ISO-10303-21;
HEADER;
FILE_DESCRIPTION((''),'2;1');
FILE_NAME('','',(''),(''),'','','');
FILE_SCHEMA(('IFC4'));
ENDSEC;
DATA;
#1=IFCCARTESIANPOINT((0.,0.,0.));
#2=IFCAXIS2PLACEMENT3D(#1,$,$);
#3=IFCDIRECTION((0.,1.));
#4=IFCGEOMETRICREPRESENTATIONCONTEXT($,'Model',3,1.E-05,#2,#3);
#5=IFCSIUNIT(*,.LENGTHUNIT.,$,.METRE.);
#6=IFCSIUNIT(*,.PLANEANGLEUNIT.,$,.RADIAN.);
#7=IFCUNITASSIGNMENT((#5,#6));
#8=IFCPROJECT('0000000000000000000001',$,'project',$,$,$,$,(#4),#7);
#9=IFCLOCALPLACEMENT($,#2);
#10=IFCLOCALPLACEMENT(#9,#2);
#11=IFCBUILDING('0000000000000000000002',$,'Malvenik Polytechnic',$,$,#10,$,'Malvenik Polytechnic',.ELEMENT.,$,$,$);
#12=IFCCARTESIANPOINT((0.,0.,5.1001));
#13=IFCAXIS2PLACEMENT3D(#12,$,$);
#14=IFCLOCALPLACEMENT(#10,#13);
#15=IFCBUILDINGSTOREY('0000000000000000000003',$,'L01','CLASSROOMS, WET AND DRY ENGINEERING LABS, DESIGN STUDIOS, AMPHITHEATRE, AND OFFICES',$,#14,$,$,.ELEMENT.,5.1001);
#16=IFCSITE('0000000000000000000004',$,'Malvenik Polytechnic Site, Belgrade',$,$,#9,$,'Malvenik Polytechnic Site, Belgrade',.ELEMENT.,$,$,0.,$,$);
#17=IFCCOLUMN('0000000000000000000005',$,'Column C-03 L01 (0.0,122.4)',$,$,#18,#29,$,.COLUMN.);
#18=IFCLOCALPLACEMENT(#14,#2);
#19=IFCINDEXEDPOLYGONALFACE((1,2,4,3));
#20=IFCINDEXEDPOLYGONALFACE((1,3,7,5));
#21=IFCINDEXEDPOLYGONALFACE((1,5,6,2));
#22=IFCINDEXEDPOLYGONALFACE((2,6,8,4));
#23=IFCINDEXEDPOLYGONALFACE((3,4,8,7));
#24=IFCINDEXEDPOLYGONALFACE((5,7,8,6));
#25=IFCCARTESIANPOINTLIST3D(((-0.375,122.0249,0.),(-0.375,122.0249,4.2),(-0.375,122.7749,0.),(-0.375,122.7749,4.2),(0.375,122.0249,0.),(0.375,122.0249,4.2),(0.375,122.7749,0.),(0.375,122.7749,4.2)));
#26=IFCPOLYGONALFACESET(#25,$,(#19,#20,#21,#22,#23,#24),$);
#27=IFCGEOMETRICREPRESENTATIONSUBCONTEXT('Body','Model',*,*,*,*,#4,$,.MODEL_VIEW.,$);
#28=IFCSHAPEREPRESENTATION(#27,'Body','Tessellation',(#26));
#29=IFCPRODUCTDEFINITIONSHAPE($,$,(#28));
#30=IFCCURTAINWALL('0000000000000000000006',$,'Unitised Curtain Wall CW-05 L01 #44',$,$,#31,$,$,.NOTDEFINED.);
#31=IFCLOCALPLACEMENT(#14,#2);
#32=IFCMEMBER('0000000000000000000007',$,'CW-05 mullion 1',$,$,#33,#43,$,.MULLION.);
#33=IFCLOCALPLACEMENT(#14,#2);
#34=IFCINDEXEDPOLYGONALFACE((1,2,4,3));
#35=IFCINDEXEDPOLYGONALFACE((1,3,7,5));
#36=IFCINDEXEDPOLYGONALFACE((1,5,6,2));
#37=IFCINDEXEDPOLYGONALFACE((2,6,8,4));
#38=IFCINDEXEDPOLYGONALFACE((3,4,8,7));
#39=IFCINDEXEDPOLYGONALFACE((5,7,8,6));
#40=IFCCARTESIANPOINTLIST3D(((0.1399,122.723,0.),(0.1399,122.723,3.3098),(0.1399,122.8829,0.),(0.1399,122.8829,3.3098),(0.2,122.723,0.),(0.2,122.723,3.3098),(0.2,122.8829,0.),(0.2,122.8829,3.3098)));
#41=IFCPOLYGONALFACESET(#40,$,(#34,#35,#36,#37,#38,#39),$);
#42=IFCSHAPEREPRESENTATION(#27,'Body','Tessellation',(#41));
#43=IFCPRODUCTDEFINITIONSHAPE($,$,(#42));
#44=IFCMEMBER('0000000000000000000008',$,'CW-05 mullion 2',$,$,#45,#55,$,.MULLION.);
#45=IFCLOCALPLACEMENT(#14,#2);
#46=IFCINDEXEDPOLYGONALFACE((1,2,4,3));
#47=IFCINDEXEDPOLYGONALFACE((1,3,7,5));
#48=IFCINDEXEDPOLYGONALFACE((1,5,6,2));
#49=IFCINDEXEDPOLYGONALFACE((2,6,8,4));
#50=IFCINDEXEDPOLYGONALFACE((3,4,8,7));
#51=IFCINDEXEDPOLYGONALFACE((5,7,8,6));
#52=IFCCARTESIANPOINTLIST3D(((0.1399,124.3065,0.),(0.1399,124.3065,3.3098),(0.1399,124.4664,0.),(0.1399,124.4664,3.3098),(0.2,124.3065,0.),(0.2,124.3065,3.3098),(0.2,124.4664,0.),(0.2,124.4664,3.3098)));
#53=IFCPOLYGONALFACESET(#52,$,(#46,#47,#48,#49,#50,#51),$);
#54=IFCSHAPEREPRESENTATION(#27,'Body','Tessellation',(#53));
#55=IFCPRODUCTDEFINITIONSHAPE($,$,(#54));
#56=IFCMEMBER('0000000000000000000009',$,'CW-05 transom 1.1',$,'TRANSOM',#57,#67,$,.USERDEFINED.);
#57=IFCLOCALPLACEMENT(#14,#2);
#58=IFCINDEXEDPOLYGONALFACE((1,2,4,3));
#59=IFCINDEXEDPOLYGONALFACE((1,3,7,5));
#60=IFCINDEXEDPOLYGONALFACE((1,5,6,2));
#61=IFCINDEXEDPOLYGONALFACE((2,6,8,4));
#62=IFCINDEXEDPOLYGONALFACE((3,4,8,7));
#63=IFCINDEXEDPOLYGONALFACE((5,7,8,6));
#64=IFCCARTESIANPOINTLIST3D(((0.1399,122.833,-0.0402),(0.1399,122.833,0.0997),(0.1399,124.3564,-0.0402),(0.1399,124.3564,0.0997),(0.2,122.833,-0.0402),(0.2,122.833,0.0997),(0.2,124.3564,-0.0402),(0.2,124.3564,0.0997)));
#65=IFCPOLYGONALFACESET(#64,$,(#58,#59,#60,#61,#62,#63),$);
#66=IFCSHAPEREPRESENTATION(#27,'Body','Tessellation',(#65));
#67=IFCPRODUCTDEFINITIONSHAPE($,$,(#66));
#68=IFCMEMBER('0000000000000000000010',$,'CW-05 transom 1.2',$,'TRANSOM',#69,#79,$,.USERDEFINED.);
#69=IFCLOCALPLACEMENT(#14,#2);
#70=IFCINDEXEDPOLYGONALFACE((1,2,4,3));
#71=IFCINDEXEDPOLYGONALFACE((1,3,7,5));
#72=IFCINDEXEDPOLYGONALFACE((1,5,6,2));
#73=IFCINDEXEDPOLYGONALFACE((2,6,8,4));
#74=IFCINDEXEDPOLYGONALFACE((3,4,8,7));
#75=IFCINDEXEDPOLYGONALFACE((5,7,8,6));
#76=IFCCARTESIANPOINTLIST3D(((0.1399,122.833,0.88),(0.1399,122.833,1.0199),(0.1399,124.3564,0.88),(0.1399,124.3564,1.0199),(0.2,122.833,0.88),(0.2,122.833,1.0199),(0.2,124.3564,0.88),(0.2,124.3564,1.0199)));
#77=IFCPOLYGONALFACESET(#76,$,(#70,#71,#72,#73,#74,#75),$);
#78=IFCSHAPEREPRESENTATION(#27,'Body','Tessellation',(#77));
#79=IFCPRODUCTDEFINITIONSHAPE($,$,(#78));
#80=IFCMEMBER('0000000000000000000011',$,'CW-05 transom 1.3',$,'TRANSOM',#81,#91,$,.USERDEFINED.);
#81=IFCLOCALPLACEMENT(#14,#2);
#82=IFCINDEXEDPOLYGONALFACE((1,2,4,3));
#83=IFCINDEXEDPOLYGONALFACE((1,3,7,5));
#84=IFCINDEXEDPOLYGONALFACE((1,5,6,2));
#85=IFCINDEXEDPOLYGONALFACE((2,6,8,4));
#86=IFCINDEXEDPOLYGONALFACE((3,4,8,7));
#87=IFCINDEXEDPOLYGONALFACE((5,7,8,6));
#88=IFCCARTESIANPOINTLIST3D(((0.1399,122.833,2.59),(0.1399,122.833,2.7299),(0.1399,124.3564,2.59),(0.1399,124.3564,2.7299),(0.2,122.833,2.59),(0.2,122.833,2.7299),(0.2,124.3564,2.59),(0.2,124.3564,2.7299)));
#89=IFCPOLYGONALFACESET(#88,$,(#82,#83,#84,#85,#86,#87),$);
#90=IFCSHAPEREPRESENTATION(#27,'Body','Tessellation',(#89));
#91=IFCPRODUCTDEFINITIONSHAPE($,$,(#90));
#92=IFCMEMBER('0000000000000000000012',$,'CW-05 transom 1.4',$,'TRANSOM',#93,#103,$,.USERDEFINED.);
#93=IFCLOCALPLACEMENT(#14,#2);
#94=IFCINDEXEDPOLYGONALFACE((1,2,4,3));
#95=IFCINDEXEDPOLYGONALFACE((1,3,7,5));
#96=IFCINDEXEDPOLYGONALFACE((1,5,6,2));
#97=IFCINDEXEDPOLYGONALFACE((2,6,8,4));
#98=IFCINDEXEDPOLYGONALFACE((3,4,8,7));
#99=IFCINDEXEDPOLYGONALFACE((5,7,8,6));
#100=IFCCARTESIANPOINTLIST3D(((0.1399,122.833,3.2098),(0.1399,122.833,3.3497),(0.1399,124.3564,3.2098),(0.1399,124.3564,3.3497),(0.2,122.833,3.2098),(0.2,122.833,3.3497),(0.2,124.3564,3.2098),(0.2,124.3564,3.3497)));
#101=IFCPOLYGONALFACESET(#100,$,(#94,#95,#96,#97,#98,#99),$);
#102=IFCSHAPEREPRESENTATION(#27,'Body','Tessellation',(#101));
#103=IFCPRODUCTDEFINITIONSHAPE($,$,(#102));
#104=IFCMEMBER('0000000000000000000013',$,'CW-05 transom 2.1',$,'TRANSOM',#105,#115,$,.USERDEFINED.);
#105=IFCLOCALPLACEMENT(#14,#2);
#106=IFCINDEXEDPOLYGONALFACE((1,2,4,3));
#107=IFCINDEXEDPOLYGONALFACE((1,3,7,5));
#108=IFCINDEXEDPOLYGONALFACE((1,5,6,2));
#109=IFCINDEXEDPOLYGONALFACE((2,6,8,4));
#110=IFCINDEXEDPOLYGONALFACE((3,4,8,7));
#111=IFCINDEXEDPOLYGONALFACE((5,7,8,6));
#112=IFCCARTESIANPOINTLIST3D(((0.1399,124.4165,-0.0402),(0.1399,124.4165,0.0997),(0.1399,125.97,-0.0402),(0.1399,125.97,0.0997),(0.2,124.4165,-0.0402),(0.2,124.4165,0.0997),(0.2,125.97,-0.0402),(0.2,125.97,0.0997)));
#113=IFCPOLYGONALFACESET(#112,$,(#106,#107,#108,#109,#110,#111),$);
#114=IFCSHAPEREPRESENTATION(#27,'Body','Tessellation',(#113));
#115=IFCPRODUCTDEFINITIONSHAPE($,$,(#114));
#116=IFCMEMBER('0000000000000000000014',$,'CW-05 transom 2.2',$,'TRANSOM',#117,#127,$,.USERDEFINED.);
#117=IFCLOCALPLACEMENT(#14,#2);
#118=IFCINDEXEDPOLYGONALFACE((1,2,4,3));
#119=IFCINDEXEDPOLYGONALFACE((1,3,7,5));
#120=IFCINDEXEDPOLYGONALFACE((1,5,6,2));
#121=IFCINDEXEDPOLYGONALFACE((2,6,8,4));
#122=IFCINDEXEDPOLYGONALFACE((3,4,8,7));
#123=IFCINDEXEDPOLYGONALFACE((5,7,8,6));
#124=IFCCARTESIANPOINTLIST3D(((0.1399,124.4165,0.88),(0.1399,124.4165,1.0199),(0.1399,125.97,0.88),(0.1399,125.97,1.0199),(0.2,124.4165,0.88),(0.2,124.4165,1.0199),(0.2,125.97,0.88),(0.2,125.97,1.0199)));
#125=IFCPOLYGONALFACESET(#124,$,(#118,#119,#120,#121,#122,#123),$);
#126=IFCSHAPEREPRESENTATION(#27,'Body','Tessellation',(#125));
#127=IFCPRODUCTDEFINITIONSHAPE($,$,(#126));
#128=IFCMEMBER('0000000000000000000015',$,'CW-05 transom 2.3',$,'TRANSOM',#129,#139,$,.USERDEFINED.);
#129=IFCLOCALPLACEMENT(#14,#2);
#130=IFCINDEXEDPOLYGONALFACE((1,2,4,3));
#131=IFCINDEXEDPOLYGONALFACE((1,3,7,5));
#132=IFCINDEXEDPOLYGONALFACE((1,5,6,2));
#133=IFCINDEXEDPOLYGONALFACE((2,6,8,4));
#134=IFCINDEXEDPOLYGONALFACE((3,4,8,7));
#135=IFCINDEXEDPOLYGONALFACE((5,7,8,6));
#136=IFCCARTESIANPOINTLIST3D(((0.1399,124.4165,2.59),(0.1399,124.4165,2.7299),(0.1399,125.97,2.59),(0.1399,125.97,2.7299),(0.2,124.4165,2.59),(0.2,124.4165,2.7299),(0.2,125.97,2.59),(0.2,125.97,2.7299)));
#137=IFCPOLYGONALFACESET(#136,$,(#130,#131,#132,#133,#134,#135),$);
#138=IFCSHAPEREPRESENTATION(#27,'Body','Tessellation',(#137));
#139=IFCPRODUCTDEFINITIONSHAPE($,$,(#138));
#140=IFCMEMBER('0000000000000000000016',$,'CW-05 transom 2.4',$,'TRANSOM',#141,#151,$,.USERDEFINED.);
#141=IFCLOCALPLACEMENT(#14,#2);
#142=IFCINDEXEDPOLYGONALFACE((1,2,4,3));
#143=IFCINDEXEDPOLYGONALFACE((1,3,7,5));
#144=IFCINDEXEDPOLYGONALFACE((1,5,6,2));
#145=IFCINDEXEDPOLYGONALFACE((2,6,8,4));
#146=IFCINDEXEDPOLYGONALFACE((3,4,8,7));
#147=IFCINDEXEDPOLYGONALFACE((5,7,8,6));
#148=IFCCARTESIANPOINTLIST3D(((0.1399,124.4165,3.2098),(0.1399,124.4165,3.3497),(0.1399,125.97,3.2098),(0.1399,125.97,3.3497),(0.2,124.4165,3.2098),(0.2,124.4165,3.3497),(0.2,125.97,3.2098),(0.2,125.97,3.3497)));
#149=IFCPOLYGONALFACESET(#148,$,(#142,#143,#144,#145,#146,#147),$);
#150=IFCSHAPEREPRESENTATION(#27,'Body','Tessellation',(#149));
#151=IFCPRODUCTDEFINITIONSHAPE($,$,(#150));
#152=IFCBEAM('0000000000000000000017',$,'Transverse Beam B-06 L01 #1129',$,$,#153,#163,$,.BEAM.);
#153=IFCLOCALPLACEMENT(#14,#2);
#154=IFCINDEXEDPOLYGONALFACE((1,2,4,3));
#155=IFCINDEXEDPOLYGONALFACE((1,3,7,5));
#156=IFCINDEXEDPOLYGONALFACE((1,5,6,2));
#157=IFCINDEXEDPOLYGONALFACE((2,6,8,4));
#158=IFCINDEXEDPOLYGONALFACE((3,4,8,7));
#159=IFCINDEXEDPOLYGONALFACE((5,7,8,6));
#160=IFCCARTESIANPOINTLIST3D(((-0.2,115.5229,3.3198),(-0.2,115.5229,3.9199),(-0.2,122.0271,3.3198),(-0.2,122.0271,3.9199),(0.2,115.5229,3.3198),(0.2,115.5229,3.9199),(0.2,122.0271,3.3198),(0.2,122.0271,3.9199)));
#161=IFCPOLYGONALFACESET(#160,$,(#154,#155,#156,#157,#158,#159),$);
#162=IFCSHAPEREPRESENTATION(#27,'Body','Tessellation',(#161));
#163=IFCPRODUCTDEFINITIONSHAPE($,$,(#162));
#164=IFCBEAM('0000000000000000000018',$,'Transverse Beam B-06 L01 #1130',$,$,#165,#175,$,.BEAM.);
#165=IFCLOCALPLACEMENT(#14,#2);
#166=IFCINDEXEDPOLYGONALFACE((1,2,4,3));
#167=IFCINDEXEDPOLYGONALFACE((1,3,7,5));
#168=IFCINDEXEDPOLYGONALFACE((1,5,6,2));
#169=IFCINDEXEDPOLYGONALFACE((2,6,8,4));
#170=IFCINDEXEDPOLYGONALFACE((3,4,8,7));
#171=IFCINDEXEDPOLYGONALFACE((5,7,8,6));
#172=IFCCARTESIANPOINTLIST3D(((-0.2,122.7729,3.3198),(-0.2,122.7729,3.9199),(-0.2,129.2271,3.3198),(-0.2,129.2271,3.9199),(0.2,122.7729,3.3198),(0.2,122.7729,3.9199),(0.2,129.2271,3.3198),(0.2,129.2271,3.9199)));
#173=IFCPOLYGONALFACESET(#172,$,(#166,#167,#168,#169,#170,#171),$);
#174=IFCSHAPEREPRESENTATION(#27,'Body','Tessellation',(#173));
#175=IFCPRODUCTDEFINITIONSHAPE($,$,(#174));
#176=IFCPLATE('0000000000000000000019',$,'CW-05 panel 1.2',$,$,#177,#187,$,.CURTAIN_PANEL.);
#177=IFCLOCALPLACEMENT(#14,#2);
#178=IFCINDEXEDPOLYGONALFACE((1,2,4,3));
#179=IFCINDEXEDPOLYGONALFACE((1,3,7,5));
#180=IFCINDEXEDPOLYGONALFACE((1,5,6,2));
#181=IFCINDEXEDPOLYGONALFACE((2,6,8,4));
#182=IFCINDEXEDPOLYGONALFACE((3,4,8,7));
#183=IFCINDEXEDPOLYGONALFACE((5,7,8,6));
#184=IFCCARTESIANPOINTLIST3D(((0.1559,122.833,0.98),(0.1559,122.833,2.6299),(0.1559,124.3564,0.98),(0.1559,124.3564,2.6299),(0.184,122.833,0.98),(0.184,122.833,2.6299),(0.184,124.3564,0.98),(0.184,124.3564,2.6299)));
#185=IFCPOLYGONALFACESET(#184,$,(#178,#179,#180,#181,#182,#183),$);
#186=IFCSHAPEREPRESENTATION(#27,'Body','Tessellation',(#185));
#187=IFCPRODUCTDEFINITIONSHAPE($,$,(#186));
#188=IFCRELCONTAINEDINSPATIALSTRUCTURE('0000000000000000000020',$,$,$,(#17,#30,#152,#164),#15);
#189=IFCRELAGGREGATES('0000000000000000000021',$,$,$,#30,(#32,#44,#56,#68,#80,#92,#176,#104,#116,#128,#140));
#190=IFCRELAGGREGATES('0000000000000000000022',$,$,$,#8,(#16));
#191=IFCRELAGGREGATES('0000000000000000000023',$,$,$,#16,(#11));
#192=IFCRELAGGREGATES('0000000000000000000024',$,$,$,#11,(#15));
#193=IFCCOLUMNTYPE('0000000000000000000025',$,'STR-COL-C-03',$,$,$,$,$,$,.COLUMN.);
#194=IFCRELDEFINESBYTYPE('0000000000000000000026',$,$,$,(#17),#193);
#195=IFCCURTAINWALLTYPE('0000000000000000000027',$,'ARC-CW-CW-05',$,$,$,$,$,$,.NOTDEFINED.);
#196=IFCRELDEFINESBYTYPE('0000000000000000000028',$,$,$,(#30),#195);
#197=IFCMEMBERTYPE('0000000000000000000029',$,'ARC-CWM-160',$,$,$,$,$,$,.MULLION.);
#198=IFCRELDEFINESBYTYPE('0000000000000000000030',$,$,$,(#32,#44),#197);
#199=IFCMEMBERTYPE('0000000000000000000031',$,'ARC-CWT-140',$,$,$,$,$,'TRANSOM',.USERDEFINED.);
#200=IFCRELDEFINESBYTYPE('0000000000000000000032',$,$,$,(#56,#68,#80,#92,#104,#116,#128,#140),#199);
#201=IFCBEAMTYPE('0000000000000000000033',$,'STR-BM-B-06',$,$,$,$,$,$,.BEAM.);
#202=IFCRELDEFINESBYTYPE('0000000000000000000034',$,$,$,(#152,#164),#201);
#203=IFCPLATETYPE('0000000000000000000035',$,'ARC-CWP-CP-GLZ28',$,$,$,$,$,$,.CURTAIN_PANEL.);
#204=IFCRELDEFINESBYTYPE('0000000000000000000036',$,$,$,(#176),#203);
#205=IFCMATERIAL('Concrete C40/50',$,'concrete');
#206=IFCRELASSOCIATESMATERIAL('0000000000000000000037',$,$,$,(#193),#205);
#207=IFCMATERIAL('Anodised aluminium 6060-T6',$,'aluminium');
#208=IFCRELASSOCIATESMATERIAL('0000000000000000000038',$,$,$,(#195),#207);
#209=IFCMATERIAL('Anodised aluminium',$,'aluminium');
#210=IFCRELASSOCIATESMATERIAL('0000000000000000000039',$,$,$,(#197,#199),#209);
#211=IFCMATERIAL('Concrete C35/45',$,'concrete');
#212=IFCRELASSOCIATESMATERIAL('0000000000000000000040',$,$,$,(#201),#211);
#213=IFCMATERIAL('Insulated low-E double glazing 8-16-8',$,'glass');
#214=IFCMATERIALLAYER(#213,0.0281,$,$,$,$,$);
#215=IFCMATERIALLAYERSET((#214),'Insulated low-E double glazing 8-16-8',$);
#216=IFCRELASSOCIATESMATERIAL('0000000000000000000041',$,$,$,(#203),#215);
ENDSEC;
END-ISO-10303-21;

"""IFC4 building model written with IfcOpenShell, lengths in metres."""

from ifc_helpers import new_model, si_unit, direction, frame, origin, origin_2d, place, context, subcontext, project, spatial, rectangle, extrude, material, layer, layer_set, material_profile, profile_set, type_object, element, aggregate, save


model = new_model("IFC4")

# Units and contexts
model_context = context("Model", 3, precision=1e-05, world=origin(), true_north=direction((0.0, 1.0)))
body_context = subcontext(model_context, "Body", "Model", "MODEL_VIEW")
ifc_project = project(units=[si_unit("LENGTHUNIT", "METRE"), si_unit("PLANEANGLEUNIT", "RADIAN")], contexts=[model_context])

# Site, building, storey
site_placement = place(None, origin())
site = spatial("IfcSite", under=ifc_project, at=site_placement, Name="Malvenik Polytechnic Site, Belgrade", LongName="Malvenik Polytechnic Site, Belgrade", CompositionType="ELEMENT", RefElevation=0.0)
building_placement = place(site_placement, origin())
building = spatial("IfcBuilding", under=site, at=building_placement, Name="Malvenik Polytechnic", LongName="Malvenik Polytechnic", CompositionType="ELEMENT")
storey_placement = place(building_placement, frame((0.0, 0.0, 5.1001)))
storey = spatial("IfcBuildingStorey", under=building, at=storey_placement, Name="L01", Description="CLASSROOMS, WET AND DRY ENGINEERING LABS, DESIGN STUDIOS, AMPHITHEATRE, AND OFFICES", CompositionType="ELEMENT", Elevation=5.1001)

# Column
ifc_material_1 = material(Name="Concrete C40/50", Category="concrete")
ifc_material_profile_1 = material_profile(ifc_material_1, rectangle(XDim=0.75, YDim=0.75, at=origin_2d()), Name="RC COL 750x750")
ifc_profile_set_1 = profile_set([ifc_material_profile_1], Name="Concrete C40/50")
column_type = type_object("IfcColumnType", Name="STR-COL-C-03", PredefinedType="COLUMN", material=ifc_profile_set_1)
column_placement = place(storey_placement, frame((0.0, 122.3999, 0.0), z_axis=(0.0, 0.0, 1.0), x_axis=(1.0, 0.0, 0.0)))
element("IfcColumn", 1, at=column_placement, inside=storey, type_object=column_type, Name="Column C-03 L01 (0.0,122.4)", PredefinedType="COLUMN", context=body_context, shape_type="SweptSolid", body=[
    extrude(rectangle(XDim=0.75, YDim=0.75, at=origin_2d()), origin(), (0.0, 0.0, 1.0), 4.2),
])

# Curtain wall, members
ifc_material_2 = material(Name="Anodised aluminium 6060-T6", Category="aluminium")
curtain_wall_type = type_object("IfcCurtainWallType", Name="ARC-CW-CW-05", PredefinedType="NOTDEFINED", material=ifc_material_2)
curtain_wall_placement = place(storey_placement, origin())
curtain_wall = element("IfcCurtainWall", 2, at=curtain_wall_placement, inside=storey, type_object=curtain_wall_type, Name="Unitised Curtain Wall CW-05 L01 #44", PredefinedType="NOTDEFINED")
ifc_material_3 = material(Name="Anodised aluminium", Category="aluminium")
ifc_material_profile_2 = material_profile(ifc_material_3, rectangle(XDim=0.0601, YDim=0.1599, at=origin_2d()), Name="ALU MULLION 60x160")
ifc_profile_set_2 = profile_set([ifc_material_profile_2], Name="Anodised aluminium")
member_type_1 = type_object("IfcMemberType", Name="ARC-CWM-160", PredefinedType="MULLION", material=ifc_profile_set_2)
member_1_placement = place(storey_placement, frame((0.1699, 122.803, 0.0), z_axis=(0.0, 0.0, 1.0), x_axis=(-1.0, 0.0, 0.0)))
member_1 = element("IfcMember", 3, at=member_1_placement, type_object=member_type_1, Name="CW-05 mullion 1", PredefinedType="MULLION", context=body_context, shape_type="SweptSolid", body=[
    extrude(rectangle(XDim=0.0601, YDim=0.1599, at=origin_2d()), origin(), (0.0, 0.0, 1.0), 3.3098),
])
member_2_placement = place(storey_placement, frame((0.1699, 124.3865, 0.0), z_axis=(0.0, 0.0, 1.0), x_axis=(-1.0, 0.0, 0.0)))
member_2 = element("IfcMember", 4, at=member_2_placement, type_object=member_type_1, Name="CW-05 mullion 2", PredefinedType="MULLION", context=body_context, shape_type="SweptSolid", body=[
    extrude(rectangle(XDim=0.0601, YDim=0.1599, at=origin_2d()), origin(), (0.0, 0.0, 1.0), 3.3098),
])
ifc_material_profile_3 = material_profile(ifc_material_3, rectangle(XDim=0.0601, YDim=0.1399, at=origin_2d()), Name="ALU TRANSOM 60x140")
ifc_profile_set_3 = profile_set([ifc_material_profile_3], Name="Anodised aluminium")
member_type_2 = type_object("IfcMemberType", Name="ARC-CWT-140", ElementType="TRANSOM", PredefinedType="USERDEFINED", material=ifc_profile_set_3)
member_3_placement = place(storey_placement, frame((0.1699, 122.833, 0.0298), z_axis=(0.0, 1.0, 0.0), x_axis=(-1.0, 0.0, 0.0)))
member_3 = element("IfcMember", 5, at=member_3_placement, type_object=member_type_2, Name="CW-05 transom 1.1", ObjectType="TRANSOM", PredefinedType="USERDEFINED", context=body_context, shape_type="SweptSolid", body=[
    extrude(rectangle(XDim=0.0601, YDim=0.1399, at=origin_2d()), origin(), (0.0, 0.0, 1.0), 1.5234),
])
member_4_placement = place(storey_placement, frame((0.1699, 122.833, 0.95), z_axis=(0.0, 1.0, 0.0), x_axis=(-1.0, 0.0, 0.0)))
member_4 = element("IfcMember", 6, at=member_4_placement, type_object=member_type_2, Name="CW-05 transom 1.2", ObjectType="TRANSOM", PredefinedType="USERDEFINED", context=body_context, shape_type="SweptSolid", body=[
    extrude(rectangle(XDim=0.0601, YDim=0.1399, at=origin_2d()), origin(), (0.0, 0.0, 1.0), 1.5234),
])
member_5_placement = place(storey_placement, frame((0.1699, 122.833, 2.6599), z_axis=(0.0, 1.0, 0.0), x_axis=(-1.0, 0.0, 0.0)))
member_5 = element("IfcMember", 7, at=member_5_placement, type_object=member_type_2, Name="CW-05 transom 1.3", ObjectType="TRANSOM", PredefinedType="USERDEFINED", context=body_context, shape_type="SweptSolid", body=[
    extrude(rectangle(XDim=0.0601, YDim=0.1399, at=origin_2d()), origin(), (0.0, 0.0, 1.0), 1.5234),
])
member_6_placement = place(storey_placement, frame((0.1699, 122.833, 3.2798), z_axis=(0.0, 1.0, 0.0), x_axis=(-1.0, 0.0, 0.0)))
member_6 = element("IfcMember", 8, at=member_6_placement, type_object=member_type_2, Name="CW-05 transom 1.4", ObjectType="TRANSOM", PredefinedType="USERDEFINED", context=body_context, shape_type="SweptSolid", body=[
    extrude(rectangle(XDim=0.0601, YDim=0.1399, at=origin_2d()), origin(), (0.0, 0.0, 1.0), 1.5234),
])
member_7_placement = place(storey_placement, frame((0.1699, 124.4165, 0.0298), z_axis=(0.0, 1.0, 0.0), x_axis=(-1.0, 0.0, 0.0)))
member_7 = element("IfcMember", 9, at=member_7_placement, type_object=member_type_2, Name="CW-05 transom 2.1", ObjectType="TRANSOM", PredefinedType="USERDEFINED", context=body_context, shape_type="SweptSolid", body=[
    extrude(rectangle(XDim=0.0601, YDim=0.1399, at=origin_2d()), origin(), (0.0, 0.0, 1.0), 1.5535),
])
member_8_placement = place(storey_placement, frame((0.1699, 124.4165, 0.95), z_axis=(0.0, 1.0, 0.0), x_axis=(-1.0, 0.0, 0.0)))
member_8 = element("IfcMember", 10, at=member_8_placement, type_object=member_type_2, Name="CW-05 transom 2.2", ObjectType="TRANSOM", PredefinedType="USERDEFINED", context=body_context, shape_type="SweptSolid", body=[
    extrude(rectangle(XDim=0.0601, YDim=0.1399, at=origin_2d()), origin(), (0.0, 0.0, 1.0), 1.5535),
])
member_9_placement = place(storey_placement, frame((0.1699, 124.4165, 2.6599), z_axis=(0.0, 1.0, 0.0), x_axis=(-1.0, 0.0, 0.0)))
member_9 = element("IfcMember", 11, at=member_9_placement, type_object=member_type_2, Name="CW-05 transom 2.3", ObjectType="TRANSOM", PredefinedType="USERDEFINED", context=body_context, shape_type="SweptSolid", body=[
    extrude(rectangle(XDim=0.0601, YDim=0.1399, at=origin_2d()), origin(), (0.0, 0.0, 1.0), 1.5535),
])
member_10_placement = place(storey_placement, frame((0.1699, 124.4165, 3.2798), z_axis=(0.0, 1.0, 0.0), x_axis=(-1.0, 0.0, 0.0)))
member_10 = element("IfcMember", 12, at=member_10_placement, type_object=member_type_2, Name="CW-05 transom 2.4", ObjectType="TRANSOM", PredefinedType="USERDEFINED", context=body_context, shape_type="SweptSolid", body=[
    extrude(rectangle(XDim=0.0601, YDim=0.1399, at=origin_2d()), origin(), (0.0, 0.0, 1.0), 1.5535),
])

# Beams
ifc_material_4 = material(Name="Concrete C35/45", Category="concrete")
ifc_material_profile_4 = material_profile(ifc_material_4, rectangle(XDim=0.3999, YDim=0.6001, at=origin_2d()), Name="RC BM 400x600")
ifc_profile_set_4 = profile_set([ifc_material_profile_4], Name="Concrete C35/45")
beam_type = type_object("IfcBeamType", Name="STR-BM-B-06", PredefinedType="BEAM", material=ifc_profile_set_4)
beam_1_placement = place(storey_placement, frame((0.0, 115.5229, 3.6199), z_axis=(0.0, 1.0, 0.0), x_axis=(-1.0, 0.0, 0.0)))
element("IfcBeam", 13, at=beam_1_placement, inside=storey, type_object=beam_type, Name="Transverse Beam B-06 L01 #1129", PredefinedType="BEAM", context=body_context, shape_type="SweptSolid", body=[
    extrude(rectangle(XDim=0.3999, YDim=0.6001, at=origin_2d()), origin(), (0.0, 0.0, 1.0), 6.5042),
])
beam_2_placement = place(storey_placement, frame((0.0, 122.7729, 3.6199), z_axis=(0.0, 1.0, 0.0), x_axis=(-1.0, 0.0, 0.0)))
element("IfcBeam", 14, at=beam_2_placement, inside=storey, type_object=beam_type, Name="Transverse Beam B-06 L01 #1130", PredefinedType="BEAM", context=body_context, shape_type="SweptSolid", body=[
    extrude(rectangle(XDim=0.3999, YDim=0.6001, at=origin_2d()), origin(), (0.0, 0.0, 1.0), 6.4541),
])

# Plate
ifc_material_5 = material(Name="Insulated low-E double glazing 8-16-8", Category="glass")
ifc_layer_1 = layer(ifc_material_5, 0.0281)
ifc_layer_set_1 = layer_set([ifc_layer_1], Name="Insulated low-E double glazing 8-16-8")
plate_type_1 = type_object("IfcPlateType", Name="ARC-CWP-CP-GLZ28", PredefinedType="CURTAIN_PANEL", material=ifc_layer_set_1)
plate_1_placement = place(storey_placement, frame((0.1699, 123.5947, 0.98), z_axis=(0.0, 0.0, 1.0), x_axis=(0.0, 1.0, 0.0)))
plate_1 = element("IfcPlate", 15, at=plate_1_placement, type_object=plate_type_1, Name="CW-05 panel 1.2", PredefinedType="CURTAIN_PANEL", context=body_context, shape_type="SweptSolid", body=[
    extrude(rectangle(XDim=1.5234, YDim=0.0281, at=origin_2d()), origin(), (0.0, 0.0, 1.0), 1.6499),
])
aggregate(curtain_wall, [member_1, member_2, member_3, member_4, member_5, member_6, plate_1, member_7, member_8, member_9, member_10])

save(model, "model.ifc")
